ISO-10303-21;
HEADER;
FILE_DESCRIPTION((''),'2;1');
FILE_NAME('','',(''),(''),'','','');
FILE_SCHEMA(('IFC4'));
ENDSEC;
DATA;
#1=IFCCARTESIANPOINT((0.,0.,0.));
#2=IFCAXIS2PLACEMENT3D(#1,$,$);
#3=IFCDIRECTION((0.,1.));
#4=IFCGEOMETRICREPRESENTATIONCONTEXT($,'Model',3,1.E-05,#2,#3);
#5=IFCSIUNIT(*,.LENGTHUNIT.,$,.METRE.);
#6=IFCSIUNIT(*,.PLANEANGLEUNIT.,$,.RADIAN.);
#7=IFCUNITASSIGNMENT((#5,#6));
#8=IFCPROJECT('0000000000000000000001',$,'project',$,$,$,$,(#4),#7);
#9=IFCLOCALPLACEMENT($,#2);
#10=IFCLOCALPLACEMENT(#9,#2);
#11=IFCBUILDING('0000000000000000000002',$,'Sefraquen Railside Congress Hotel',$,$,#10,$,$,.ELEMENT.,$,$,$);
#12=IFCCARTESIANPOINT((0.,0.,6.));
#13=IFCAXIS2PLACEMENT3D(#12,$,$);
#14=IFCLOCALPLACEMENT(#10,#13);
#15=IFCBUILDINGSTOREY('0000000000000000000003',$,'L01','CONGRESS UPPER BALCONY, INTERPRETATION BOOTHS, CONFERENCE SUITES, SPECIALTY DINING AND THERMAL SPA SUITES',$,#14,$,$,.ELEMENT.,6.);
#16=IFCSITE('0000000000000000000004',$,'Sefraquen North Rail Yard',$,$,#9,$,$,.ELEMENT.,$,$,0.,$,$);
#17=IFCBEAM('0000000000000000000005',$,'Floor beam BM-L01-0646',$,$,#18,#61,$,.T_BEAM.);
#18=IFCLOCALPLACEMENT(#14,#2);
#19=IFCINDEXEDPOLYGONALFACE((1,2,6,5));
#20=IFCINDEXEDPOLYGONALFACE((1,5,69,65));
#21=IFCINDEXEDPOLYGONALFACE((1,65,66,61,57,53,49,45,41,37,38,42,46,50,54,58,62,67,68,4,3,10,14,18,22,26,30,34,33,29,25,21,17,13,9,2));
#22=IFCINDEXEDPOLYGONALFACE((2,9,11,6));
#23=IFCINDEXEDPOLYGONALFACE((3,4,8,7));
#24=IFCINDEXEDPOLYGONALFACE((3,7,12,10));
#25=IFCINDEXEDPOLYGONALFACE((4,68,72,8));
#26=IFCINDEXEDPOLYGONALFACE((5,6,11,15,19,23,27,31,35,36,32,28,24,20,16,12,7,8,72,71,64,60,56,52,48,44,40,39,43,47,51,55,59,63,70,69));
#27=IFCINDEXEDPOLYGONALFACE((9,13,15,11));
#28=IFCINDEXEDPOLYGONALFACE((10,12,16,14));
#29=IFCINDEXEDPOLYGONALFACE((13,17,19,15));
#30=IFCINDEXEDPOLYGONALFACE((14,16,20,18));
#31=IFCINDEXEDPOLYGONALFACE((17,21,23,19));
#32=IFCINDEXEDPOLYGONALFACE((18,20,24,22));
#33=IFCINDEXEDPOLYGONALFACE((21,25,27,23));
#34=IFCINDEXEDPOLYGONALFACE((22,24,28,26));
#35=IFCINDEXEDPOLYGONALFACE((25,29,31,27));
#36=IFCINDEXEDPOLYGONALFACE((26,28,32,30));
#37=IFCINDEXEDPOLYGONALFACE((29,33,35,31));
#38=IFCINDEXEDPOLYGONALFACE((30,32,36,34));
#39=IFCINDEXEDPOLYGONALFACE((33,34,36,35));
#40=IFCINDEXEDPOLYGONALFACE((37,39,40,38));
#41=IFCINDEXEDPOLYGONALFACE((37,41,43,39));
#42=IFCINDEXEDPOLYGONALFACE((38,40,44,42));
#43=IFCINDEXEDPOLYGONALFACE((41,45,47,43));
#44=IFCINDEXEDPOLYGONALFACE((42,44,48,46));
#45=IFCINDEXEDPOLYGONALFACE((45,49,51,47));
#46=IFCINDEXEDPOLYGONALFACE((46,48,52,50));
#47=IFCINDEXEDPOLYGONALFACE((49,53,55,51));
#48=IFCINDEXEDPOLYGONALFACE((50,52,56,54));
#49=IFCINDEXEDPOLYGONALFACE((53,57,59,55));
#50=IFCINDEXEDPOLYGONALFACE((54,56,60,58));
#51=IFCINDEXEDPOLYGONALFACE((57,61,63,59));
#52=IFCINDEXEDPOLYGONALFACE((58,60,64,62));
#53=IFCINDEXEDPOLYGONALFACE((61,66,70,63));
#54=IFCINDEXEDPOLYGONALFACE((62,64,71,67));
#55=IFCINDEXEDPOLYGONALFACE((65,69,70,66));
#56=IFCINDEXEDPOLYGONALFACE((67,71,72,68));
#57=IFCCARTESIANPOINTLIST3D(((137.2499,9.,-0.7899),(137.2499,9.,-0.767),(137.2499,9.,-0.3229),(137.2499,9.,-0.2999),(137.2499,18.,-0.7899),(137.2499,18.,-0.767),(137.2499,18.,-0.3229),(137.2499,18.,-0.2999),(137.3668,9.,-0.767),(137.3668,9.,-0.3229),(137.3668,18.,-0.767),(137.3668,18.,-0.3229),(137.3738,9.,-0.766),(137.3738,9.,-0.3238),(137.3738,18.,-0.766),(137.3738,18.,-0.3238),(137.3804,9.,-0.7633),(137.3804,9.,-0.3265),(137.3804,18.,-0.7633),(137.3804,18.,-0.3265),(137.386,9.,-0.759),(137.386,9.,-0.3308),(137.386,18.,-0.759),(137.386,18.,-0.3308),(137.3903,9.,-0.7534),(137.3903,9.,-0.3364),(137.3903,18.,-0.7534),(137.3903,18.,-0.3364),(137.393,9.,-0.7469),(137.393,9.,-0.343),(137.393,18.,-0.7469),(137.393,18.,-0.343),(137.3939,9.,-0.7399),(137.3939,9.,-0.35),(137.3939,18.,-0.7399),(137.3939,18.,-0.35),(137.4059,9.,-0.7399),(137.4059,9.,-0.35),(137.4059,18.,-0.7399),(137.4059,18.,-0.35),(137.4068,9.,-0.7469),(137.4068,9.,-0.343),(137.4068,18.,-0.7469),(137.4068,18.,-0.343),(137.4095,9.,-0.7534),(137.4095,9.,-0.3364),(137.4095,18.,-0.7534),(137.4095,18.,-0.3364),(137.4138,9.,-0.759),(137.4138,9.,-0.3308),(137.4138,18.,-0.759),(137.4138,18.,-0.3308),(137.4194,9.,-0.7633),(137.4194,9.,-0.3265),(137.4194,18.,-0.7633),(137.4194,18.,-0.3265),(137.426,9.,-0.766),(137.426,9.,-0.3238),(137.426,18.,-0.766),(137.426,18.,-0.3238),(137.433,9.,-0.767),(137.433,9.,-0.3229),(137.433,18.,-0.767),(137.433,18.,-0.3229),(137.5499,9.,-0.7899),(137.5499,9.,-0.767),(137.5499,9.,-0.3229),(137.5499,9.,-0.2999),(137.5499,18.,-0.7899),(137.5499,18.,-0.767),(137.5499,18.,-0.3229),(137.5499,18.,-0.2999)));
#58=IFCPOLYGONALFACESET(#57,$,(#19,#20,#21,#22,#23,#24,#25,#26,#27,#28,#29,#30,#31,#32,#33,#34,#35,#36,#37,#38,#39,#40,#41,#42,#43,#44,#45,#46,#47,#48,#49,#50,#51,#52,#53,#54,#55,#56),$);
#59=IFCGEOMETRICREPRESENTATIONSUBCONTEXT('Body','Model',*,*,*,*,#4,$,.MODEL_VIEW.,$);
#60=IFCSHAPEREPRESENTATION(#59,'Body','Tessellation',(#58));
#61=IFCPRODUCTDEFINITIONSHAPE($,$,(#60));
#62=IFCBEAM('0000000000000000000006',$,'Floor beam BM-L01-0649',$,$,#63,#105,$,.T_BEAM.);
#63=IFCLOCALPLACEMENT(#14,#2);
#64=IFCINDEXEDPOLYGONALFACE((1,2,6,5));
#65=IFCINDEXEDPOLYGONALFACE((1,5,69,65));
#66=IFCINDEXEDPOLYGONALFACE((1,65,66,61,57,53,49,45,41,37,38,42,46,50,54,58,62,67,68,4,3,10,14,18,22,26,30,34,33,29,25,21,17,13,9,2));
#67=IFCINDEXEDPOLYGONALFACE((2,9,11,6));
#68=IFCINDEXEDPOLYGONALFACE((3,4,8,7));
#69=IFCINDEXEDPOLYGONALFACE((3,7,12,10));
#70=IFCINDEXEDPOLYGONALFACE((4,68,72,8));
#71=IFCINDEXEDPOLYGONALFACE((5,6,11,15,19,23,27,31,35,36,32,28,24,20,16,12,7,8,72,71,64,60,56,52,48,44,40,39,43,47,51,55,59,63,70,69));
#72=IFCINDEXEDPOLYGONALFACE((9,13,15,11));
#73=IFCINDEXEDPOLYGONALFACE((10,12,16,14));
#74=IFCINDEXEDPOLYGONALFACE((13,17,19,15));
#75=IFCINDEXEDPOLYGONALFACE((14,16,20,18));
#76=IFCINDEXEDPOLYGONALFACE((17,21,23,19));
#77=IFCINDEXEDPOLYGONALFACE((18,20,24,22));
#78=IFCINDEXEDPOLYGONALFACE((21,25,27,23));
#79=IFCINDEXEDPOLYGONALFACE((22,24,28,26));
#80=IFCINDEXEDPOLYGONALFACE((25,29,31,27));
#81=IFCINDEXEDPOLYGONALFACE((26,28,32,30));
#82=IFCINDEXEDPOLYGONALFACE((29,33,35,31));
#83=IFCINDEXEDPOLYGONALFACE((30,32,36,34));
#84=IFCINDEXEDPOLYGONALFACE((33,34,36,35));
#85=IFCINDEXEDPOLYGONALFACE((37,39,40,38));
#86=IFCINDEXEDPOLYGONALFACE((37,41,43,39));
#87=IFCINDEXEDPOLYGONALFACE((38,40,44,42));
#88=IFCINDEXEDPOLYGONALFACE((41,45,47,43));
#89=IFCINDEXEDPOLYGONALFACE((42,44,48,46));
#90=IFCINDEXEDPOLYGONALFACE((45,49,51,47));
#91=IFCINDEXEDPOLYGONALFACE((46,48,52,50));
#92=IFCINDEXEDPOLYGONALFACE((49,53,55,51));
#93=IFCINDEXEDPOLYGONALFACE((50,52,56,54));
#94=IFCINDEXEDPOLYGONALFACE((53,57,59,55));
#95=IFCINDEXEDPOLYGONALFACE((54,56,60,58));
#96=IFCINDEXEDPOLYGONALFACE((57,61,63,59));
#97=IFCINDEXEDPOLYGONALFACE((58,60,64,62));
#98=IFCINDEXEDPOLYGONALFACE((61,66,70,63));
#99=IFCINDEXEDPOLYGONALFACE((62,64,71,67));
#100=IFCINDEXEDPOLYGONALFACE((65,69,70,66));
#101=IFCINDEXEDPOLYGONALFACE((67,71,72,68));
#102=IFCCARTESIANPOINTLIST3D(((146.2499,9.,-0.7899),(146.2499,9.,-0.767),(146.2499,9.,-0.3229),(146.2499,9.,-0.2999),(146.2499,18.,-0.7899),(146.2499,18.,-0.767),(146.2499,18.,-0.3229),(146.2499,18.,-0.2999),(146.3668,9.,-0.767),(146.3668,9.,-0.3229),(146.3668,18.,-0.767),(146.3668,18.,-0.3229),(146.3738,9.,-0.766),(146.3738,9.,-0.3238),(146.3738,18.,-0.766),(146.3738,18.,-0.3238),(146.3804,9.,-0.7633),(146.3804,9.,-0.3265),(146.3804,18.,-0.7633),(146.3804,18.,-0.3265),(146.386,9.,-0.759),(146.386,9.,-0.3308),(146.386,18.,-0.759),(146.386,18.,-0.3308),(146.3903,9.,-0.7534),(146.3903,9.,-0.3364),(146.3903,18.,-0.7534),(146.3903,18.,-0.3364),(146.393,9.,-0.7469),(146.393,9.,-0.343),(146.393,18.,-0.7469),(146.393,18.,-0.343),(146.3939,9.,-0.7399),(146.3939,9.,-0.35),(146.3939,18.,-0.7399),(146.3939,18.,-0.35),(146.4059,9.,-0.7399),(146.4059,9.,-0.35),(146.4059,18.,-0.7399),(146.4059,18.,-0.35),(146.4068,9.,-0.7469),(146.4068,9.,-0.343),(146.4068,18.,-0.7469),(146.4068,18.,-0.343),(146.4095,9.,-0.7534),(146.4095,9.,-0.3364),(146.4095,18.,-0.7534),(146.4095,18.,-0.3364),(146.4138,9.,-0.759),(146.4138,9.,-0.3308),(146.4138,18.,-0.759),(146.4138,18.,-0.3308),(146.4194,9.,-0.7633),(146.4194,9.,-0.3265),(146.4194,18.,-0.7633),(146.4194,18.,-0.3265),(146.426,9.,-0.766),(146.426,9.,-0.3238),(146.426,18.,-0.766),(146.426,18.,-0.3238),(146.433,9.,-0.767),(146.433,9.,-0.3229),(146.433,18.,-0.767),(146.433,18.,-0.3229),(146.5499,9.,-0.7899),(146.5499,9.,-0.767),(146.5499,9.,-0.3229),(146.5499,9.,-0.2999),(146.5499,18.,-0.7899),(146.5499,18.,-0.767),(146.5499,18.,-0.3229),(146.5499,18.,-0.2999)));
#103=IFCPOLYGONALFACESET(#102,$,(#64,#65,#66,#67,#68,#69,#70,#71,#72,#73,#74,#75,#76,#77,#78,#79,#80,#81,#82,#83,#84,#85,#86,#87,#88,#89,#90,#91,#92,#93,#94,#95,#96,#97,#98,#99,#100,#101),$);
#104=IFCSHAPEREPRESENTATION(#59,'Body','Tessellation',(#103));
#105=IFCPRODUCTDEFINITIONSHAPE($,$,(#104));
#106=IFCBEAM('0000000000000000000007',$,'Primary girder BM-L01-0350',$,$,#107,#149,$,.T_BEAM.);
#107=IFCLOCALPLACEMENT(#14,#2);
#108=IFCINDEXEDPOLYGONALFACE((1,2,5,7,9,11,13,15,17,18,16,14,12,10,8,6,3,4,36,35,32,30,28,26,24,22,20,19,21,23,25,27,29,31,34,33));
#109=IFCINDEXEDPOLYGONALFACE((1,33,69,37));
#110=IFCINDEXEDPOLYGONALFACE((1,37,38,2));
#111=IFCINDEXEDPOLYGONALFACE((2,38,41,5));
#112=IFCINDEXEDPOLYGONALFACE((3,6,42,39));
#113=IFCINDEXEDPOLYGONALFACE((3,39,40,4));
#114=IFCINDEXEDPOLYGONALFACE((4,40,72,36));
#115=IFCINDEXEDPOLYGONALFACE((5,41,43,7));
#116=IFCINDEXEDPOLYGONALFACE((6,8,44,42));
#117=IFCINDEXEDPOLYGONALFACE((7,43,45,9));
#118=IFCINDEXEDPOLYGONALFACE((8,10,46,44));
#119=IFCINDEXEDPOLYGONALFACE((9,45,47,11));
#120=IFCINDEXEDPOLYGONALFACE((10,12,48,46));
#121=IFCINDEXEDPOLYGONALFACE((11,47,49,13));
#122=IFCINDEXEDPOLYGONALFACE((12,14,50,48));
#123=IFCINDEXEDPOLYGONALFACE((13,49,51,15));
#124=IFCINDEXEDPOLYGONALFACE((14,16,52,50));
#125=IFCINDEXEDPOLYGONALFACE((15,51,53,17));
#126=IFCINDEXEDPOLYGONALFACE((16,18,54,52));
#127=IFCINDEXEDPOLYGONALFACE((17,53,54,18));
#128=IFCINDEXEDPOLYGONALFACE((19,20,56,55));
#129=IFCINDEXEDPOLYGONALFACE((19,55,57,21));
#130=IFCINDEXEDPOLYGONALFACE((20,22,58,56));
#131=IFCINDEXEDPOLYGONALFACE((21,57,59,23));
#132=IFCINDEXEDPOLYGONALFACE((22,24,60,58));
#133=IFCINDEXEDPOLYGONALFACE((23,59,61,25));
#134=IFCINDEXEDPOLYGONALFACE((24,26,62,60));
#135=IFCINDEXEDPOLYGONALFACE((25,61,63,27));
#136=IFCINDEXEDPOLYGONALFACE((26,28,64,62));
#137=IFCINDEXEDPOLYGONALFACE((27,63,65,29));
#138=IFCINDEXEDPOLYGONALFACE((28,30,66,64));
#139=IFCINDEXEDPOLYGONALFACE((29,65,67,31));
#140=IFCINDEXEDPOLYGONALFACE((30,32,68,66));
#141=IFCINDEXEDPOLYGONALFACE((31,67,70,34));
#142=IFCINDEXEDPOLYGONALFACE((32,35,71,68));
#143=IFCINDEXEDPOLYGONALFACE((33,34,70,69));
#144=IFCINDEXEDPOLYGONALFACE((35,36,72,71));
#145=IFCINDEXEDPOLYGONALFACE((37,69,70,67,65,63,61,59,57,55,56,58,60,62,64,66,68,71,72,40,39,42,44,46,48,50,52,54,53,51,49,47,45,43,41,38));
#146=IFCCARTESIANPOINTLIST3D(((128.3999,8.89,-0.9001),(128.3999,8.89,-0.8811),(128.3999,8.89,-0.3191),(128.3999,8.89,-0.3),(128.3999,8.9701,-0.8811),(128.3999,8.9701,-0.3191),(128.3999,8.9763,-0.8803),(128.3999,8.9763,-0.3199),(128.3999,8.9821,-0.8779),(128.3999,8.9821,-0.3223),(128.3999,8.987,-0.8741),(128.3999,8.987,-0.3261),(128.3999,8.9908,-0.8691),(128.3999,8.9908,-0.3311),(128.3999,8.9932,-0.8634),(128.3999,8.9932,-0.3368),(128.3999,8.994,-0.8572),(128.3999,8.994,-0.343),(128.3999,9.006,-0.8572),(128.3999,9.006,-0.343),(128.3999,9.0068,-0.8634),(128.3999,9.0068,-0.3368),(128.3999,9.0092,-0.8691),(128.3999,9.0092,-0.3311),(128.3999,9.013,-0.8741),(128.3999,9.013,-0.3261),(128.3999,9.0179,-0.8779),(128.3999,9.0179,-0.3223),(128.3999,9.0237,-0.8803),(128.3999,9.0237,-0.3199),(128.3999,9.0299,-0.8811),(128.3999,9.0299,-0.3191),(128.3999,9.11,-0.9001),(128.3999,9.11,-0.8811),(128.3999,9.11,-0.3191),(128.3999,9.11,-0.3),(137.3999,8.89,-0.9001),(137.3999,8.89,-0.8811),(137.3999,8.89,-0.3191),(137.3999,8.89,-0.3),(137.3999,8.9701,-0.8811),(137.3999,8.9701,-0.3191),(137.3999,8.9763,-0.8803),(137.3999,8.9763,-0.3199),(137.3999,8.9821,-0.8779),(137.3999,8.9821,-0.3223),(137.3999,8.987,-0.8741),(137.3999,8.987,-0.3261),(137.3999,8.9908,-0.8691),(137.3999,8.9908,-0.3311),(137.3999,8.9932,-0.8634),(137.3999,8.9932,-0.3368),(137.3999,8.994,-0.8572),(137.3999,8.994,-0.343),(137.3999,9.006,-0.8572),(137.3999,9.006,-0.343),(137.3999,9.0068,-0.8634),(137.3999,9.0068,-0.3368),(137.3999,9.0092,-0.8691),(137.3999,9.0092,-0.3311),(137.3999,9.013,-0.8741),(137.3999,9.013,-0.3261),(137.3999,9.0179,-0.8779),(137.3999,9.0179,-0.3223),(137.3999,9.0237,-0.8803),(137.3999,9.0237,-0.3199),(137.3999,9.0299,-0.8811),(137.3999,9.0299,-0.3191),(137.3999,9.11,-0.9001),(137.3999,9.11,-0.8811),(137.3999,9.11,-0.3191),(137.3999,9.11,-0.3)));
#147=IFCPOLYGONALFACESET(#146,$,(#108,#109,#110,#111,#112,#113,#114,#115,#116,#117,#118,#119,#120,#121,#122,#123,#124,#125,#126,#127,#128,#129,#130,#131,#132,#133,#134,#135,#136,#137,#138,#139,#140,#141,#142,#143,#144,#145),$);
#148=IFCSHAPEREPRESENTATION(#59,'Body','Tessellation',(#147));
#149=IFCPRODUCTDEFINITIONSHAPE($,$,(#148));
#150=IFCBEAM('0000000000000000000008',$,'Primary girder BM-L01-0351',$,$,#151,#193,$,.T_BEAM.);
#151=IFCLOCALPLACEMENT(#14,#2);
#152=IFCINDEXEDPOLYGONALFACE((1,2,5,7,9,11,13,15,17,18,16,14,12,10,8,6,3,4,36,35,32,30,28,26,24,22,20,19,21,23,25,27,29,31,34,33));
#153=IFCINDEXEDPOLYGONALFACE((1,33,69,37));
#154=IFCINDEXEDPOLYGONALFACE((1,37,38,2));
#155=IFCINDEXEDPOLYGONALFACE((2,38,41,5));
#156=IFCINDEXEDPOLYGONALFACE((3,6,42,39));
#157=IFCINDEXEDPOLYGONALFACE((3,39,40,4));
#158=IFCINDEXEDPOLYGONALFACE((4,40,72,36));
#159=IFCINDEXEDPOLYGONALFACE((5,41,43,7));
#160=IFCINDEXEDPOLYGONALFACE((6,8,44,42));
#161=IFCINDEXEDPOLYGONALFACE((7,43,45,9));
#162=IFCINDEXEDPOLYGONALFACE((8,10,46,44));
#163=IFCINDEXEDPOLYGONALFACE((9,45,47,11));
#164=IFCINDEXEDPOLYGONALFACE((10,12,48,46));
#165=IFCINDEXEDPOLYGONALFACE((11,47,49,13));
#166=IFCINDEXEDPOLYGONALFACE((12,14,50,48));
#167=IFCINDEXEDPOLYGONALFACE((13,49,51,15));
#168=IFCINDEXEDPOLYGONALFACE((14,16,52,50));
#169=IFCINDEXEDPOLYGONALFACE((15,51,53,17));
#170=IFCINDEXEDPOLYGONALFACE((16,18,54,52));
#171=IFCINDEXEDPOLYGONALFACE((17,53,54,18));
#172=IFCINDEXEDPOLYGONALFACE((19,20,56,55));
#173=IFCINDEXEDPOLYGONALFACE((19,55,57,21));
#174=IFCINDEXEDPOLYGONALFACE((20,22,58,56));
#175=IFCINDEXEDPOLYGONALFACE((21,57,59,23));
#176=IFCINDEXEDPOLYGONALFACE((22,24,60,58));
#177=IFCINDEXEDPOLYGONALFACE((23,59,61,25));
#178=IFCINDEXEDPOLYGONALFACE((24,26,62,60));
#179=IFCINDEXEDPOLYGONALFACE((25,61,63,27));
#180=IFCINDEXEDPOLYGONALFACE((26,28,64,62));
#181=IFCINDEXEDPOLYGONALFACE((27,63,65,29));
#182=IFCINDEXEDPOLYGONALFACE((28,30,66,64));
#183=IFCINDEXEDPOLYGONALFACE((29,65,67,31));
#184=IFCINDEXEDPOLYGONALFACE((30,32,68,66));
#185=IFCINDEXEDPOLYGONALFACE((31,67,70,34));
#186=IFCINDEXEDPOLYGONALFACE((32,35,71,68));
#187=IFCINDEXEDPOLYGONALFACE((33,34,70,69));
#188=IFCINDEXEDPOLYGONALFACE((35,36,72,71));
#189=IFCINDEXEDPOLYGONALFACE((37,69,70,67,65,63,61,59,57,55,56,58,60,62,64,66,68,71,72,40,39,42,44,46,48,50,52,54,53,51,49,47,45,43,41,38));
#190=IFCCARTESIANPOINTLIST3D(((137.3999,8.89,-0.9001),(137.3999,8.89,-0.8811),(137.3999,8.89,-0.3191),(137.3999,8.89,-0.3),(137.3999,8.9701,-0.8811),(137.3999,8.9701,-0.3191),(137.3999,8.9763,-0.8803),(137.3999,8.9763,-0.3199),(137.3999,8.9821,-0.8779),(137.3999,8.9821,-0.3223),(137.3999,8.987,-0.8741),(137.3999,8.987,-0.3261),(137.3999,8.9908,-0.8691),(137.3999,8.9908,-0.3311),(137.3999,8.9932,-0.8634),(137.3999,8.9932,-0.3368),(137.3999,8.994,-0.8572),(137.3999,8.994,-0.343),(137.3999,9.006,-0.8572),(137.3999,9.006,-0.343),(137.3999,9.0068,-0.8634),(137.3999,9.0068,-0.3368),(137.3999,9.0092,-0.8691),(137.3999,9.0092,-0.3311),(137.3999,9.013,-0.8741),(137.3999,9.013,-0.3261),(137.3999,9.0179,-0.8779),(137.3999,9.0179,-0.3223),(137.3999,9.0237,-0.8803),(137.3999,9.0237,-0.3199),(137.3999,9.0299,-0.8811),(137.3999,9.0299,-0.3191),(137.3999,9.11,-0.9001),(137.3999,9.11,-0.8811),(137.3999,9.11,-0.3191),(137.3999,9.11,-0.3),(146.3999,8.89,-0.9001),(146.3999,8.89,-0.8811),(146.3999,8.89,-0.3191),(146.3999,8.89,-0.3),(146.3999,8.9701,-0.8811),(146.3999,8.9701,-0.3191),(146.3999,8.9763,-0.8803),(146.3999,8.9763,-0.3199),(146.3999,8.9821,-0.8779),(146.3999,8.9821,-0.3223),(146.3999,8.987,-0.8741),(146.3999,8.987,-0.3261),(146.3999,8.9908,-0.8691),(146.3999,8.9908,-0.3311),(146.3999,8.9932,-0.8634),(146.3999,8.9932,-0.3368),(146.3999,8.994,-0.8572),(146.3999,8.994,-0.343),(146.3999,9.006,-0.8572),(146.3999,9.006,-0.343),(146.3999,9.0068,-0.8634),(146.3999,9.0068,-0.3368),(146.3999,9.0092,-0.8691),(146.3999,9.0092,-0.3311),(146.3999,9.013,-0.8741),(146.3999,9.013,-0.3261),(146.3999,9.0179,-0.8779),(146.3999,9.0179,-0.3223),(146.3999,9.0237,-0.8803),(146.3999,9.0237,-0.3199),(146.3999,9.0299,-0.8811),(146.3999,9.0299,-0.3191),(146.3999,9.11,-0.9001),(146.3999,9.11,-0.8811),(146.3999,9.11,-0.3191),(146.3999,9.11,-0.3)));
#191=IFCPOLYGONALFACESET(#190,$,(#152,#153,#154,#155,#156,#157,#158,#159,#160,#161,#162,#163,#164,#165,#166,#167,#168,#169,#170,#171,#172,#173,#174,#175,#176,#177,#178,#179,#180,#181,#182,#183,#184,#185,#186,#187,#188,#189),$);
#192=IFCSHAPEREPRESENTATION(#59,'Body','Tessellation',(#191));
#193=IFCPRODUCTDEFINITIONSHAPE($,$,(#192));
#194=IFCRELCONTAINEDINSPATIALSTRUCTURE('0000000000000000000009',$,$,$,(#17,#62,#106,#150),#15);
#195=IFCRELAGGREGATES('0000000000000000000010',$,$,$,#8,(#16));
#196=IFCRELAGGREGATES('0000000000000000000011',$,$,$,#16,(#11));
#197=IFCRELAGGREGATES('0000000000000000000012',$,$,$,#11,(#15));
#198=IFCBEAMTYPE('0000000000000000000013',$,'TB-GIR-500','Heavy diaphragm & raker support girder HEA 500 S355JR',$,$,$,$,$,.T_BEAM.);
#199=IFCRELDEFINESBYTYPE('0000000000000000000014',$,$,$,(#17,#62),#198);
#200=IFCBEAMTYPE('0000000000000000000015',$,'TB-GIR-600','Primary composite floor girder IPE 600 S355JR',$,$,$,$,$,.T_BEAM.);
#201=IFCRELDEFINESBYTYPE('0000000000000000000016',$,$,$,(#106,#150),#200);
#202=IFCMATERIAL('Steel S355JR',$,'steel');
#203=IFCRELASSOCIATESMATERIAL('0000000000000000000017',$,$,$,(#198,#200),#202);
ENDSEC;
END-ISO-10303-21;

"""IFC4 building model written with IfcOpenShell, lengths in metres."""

from ifc_helpers import new_model, si_unit, direction, frame, origin, origin_2d, place, context, subcontext, project, spatial, i_section, extrude, material, material_profile, profile_set, type_object, element, save


model = new_model("IFC4")

# Units and contexts
model_context = context("Model", 3, precision=1e-05, world=origin(), true_north=direction((0.0, 1.0)))
body_context = subcontext(model_context, "Body", "Model", "MODEL_VIEW")
ifc_project = project(units=[si_unit("LENGTHUNIT", "METRE"), si_unit("PLANEANGLEUNIT", "RADIAN")], contexts=[model_context])

# Site, building, storey
site_placement = place(None, origin())
site = spatial("IfcSite", under=ifc_project, at=site_placement, Name="Sefraquen North Rail Yard", CompositionType="ELEMENT", RefElevation=0.0)
building_placement = place(site_placement, origin())
building = spatial("IfcBuilding", under=site, at=building_placement, Name="Sefraquen Railside Congress Hotel", CompositionType="ELEMENT")
storey_placement = place(building_placement, frame((0.0, 0.0, 6.0)))
storey = spatial("IfcBuildingStorey", under=building, at=storey_placement, Name="L01", Description="CONGRESS UPPER BALCONY, INTERPRETATION BOOTHS, CONFERENCE SUITES, SPECIALTY DINING AND THERMAL SPA SUITES", CompositionType="ELEMENT", Elevation=6.0)

# Shared definitions
ifc_material_1 = material(Name="Steel S355JR", Category="steel")

# Beams
ifc_material_profile_1 = material_profile(ifc_material_1, i_section(OverallWidth=0.3, OverallDepth=0.49, WebThickness=0.012, FlangeThickness=0.0229, FilletRadius=0.0271, at=origin_2d()), Name="HEA 500")
ifc_profile_set_1 = profile_set([ifc_material_profile_1], Name="Steel S355JR")
beam_type_1 = type_object("IfcBeamType", Name="TB-GIR-500", Description="Heavy diaphragm & raker support girder HEA 500 S355JR", PredefinedType="T_BEAM", material=ifc_profile_set_1)
for number, where, z_axis, x_axis, name in (
    (1, (137.3999, 9.0, -0.5449), (0.0, 1.0, 0.0), (-1.0, 0.0, 0.0), "Floor beam BM-L01-0646"),
    (2, (146.3999, 9.0, -0.5449), (0.0, 1.0, 0.0), (-1.0, 0.0, 0.0), "Floor beam BM-L01-0649"),
):
    element("IfcBeam", number, at=place(storey_placement, frame(where, z_axis=z_axis, x_axis=x_axis)), inside=storey, type_object=beam_type_1, Name=name, PredefinedType="T_BEAM", context=body_context, shape_type="SweptSolid", body=[
        extrude(i_section(OverallWidth=0.3, OverallDepth=0.49, WebThickness=0.012, FlangeThickness=0.0229, FilletRadius=0.0271, at=origin_2d()), origin(), (0.0, 0.0, 1.0), 9.0),
    ])
ifc_material_profile_2 = material_profile(ifc_material_1, i_section(OverallWidth=0.22, OverallDepth=0.6001, WebThickness=0.012, FlangeThickness=0.019, FilletRadius=0.0239, at=origin_2d()), Name="IPE 600")
ifc_profile_set_2 = profile_set([ifc_material_profile_2], Name="Steel S355JR")
beam_type_2 = type_object("IfcBeamType", Name="TB-GIR-600", Description="Primary composite floor girder IPE 600 S355JR", PredefinedType="T_BEAM", material=ifc_profile_set_2)
for number, where, z_axis, x_axis, name in (
    (3, (128.3999, 9.0, -0.6001), (1.0, 0.0, 0.0), (0.0, 1.0, 0.0), "Primary girder BM-L01-0350"),
    (4, (137.3999, 9.0, -0.6001), (1.0, 0.0, 0.0), (0.0, 1.0, 0.0), "Primary girder BM-L01-0351"),
):
    element("IfcBeam", number, at=place(storey_placement, frame(where, z_axis=z_axis, x_axis=x_axis)), inside=storey, type_object=beam_type_2, Name=name, PredefinedType="T_BEAM", context=body_context, shape_type="SweptSolid", body=[
        extrude(i_section(OverallWidth=0.22, OverallDepth=0.6001, WebThickness=0.012, FlangeThickness=0.019, FilletRadius=0.0239, at=origin_2d()), origin(), (0.0, 0.0, 1.0), 9.0),
    ])

save(model, "model.ifc")
